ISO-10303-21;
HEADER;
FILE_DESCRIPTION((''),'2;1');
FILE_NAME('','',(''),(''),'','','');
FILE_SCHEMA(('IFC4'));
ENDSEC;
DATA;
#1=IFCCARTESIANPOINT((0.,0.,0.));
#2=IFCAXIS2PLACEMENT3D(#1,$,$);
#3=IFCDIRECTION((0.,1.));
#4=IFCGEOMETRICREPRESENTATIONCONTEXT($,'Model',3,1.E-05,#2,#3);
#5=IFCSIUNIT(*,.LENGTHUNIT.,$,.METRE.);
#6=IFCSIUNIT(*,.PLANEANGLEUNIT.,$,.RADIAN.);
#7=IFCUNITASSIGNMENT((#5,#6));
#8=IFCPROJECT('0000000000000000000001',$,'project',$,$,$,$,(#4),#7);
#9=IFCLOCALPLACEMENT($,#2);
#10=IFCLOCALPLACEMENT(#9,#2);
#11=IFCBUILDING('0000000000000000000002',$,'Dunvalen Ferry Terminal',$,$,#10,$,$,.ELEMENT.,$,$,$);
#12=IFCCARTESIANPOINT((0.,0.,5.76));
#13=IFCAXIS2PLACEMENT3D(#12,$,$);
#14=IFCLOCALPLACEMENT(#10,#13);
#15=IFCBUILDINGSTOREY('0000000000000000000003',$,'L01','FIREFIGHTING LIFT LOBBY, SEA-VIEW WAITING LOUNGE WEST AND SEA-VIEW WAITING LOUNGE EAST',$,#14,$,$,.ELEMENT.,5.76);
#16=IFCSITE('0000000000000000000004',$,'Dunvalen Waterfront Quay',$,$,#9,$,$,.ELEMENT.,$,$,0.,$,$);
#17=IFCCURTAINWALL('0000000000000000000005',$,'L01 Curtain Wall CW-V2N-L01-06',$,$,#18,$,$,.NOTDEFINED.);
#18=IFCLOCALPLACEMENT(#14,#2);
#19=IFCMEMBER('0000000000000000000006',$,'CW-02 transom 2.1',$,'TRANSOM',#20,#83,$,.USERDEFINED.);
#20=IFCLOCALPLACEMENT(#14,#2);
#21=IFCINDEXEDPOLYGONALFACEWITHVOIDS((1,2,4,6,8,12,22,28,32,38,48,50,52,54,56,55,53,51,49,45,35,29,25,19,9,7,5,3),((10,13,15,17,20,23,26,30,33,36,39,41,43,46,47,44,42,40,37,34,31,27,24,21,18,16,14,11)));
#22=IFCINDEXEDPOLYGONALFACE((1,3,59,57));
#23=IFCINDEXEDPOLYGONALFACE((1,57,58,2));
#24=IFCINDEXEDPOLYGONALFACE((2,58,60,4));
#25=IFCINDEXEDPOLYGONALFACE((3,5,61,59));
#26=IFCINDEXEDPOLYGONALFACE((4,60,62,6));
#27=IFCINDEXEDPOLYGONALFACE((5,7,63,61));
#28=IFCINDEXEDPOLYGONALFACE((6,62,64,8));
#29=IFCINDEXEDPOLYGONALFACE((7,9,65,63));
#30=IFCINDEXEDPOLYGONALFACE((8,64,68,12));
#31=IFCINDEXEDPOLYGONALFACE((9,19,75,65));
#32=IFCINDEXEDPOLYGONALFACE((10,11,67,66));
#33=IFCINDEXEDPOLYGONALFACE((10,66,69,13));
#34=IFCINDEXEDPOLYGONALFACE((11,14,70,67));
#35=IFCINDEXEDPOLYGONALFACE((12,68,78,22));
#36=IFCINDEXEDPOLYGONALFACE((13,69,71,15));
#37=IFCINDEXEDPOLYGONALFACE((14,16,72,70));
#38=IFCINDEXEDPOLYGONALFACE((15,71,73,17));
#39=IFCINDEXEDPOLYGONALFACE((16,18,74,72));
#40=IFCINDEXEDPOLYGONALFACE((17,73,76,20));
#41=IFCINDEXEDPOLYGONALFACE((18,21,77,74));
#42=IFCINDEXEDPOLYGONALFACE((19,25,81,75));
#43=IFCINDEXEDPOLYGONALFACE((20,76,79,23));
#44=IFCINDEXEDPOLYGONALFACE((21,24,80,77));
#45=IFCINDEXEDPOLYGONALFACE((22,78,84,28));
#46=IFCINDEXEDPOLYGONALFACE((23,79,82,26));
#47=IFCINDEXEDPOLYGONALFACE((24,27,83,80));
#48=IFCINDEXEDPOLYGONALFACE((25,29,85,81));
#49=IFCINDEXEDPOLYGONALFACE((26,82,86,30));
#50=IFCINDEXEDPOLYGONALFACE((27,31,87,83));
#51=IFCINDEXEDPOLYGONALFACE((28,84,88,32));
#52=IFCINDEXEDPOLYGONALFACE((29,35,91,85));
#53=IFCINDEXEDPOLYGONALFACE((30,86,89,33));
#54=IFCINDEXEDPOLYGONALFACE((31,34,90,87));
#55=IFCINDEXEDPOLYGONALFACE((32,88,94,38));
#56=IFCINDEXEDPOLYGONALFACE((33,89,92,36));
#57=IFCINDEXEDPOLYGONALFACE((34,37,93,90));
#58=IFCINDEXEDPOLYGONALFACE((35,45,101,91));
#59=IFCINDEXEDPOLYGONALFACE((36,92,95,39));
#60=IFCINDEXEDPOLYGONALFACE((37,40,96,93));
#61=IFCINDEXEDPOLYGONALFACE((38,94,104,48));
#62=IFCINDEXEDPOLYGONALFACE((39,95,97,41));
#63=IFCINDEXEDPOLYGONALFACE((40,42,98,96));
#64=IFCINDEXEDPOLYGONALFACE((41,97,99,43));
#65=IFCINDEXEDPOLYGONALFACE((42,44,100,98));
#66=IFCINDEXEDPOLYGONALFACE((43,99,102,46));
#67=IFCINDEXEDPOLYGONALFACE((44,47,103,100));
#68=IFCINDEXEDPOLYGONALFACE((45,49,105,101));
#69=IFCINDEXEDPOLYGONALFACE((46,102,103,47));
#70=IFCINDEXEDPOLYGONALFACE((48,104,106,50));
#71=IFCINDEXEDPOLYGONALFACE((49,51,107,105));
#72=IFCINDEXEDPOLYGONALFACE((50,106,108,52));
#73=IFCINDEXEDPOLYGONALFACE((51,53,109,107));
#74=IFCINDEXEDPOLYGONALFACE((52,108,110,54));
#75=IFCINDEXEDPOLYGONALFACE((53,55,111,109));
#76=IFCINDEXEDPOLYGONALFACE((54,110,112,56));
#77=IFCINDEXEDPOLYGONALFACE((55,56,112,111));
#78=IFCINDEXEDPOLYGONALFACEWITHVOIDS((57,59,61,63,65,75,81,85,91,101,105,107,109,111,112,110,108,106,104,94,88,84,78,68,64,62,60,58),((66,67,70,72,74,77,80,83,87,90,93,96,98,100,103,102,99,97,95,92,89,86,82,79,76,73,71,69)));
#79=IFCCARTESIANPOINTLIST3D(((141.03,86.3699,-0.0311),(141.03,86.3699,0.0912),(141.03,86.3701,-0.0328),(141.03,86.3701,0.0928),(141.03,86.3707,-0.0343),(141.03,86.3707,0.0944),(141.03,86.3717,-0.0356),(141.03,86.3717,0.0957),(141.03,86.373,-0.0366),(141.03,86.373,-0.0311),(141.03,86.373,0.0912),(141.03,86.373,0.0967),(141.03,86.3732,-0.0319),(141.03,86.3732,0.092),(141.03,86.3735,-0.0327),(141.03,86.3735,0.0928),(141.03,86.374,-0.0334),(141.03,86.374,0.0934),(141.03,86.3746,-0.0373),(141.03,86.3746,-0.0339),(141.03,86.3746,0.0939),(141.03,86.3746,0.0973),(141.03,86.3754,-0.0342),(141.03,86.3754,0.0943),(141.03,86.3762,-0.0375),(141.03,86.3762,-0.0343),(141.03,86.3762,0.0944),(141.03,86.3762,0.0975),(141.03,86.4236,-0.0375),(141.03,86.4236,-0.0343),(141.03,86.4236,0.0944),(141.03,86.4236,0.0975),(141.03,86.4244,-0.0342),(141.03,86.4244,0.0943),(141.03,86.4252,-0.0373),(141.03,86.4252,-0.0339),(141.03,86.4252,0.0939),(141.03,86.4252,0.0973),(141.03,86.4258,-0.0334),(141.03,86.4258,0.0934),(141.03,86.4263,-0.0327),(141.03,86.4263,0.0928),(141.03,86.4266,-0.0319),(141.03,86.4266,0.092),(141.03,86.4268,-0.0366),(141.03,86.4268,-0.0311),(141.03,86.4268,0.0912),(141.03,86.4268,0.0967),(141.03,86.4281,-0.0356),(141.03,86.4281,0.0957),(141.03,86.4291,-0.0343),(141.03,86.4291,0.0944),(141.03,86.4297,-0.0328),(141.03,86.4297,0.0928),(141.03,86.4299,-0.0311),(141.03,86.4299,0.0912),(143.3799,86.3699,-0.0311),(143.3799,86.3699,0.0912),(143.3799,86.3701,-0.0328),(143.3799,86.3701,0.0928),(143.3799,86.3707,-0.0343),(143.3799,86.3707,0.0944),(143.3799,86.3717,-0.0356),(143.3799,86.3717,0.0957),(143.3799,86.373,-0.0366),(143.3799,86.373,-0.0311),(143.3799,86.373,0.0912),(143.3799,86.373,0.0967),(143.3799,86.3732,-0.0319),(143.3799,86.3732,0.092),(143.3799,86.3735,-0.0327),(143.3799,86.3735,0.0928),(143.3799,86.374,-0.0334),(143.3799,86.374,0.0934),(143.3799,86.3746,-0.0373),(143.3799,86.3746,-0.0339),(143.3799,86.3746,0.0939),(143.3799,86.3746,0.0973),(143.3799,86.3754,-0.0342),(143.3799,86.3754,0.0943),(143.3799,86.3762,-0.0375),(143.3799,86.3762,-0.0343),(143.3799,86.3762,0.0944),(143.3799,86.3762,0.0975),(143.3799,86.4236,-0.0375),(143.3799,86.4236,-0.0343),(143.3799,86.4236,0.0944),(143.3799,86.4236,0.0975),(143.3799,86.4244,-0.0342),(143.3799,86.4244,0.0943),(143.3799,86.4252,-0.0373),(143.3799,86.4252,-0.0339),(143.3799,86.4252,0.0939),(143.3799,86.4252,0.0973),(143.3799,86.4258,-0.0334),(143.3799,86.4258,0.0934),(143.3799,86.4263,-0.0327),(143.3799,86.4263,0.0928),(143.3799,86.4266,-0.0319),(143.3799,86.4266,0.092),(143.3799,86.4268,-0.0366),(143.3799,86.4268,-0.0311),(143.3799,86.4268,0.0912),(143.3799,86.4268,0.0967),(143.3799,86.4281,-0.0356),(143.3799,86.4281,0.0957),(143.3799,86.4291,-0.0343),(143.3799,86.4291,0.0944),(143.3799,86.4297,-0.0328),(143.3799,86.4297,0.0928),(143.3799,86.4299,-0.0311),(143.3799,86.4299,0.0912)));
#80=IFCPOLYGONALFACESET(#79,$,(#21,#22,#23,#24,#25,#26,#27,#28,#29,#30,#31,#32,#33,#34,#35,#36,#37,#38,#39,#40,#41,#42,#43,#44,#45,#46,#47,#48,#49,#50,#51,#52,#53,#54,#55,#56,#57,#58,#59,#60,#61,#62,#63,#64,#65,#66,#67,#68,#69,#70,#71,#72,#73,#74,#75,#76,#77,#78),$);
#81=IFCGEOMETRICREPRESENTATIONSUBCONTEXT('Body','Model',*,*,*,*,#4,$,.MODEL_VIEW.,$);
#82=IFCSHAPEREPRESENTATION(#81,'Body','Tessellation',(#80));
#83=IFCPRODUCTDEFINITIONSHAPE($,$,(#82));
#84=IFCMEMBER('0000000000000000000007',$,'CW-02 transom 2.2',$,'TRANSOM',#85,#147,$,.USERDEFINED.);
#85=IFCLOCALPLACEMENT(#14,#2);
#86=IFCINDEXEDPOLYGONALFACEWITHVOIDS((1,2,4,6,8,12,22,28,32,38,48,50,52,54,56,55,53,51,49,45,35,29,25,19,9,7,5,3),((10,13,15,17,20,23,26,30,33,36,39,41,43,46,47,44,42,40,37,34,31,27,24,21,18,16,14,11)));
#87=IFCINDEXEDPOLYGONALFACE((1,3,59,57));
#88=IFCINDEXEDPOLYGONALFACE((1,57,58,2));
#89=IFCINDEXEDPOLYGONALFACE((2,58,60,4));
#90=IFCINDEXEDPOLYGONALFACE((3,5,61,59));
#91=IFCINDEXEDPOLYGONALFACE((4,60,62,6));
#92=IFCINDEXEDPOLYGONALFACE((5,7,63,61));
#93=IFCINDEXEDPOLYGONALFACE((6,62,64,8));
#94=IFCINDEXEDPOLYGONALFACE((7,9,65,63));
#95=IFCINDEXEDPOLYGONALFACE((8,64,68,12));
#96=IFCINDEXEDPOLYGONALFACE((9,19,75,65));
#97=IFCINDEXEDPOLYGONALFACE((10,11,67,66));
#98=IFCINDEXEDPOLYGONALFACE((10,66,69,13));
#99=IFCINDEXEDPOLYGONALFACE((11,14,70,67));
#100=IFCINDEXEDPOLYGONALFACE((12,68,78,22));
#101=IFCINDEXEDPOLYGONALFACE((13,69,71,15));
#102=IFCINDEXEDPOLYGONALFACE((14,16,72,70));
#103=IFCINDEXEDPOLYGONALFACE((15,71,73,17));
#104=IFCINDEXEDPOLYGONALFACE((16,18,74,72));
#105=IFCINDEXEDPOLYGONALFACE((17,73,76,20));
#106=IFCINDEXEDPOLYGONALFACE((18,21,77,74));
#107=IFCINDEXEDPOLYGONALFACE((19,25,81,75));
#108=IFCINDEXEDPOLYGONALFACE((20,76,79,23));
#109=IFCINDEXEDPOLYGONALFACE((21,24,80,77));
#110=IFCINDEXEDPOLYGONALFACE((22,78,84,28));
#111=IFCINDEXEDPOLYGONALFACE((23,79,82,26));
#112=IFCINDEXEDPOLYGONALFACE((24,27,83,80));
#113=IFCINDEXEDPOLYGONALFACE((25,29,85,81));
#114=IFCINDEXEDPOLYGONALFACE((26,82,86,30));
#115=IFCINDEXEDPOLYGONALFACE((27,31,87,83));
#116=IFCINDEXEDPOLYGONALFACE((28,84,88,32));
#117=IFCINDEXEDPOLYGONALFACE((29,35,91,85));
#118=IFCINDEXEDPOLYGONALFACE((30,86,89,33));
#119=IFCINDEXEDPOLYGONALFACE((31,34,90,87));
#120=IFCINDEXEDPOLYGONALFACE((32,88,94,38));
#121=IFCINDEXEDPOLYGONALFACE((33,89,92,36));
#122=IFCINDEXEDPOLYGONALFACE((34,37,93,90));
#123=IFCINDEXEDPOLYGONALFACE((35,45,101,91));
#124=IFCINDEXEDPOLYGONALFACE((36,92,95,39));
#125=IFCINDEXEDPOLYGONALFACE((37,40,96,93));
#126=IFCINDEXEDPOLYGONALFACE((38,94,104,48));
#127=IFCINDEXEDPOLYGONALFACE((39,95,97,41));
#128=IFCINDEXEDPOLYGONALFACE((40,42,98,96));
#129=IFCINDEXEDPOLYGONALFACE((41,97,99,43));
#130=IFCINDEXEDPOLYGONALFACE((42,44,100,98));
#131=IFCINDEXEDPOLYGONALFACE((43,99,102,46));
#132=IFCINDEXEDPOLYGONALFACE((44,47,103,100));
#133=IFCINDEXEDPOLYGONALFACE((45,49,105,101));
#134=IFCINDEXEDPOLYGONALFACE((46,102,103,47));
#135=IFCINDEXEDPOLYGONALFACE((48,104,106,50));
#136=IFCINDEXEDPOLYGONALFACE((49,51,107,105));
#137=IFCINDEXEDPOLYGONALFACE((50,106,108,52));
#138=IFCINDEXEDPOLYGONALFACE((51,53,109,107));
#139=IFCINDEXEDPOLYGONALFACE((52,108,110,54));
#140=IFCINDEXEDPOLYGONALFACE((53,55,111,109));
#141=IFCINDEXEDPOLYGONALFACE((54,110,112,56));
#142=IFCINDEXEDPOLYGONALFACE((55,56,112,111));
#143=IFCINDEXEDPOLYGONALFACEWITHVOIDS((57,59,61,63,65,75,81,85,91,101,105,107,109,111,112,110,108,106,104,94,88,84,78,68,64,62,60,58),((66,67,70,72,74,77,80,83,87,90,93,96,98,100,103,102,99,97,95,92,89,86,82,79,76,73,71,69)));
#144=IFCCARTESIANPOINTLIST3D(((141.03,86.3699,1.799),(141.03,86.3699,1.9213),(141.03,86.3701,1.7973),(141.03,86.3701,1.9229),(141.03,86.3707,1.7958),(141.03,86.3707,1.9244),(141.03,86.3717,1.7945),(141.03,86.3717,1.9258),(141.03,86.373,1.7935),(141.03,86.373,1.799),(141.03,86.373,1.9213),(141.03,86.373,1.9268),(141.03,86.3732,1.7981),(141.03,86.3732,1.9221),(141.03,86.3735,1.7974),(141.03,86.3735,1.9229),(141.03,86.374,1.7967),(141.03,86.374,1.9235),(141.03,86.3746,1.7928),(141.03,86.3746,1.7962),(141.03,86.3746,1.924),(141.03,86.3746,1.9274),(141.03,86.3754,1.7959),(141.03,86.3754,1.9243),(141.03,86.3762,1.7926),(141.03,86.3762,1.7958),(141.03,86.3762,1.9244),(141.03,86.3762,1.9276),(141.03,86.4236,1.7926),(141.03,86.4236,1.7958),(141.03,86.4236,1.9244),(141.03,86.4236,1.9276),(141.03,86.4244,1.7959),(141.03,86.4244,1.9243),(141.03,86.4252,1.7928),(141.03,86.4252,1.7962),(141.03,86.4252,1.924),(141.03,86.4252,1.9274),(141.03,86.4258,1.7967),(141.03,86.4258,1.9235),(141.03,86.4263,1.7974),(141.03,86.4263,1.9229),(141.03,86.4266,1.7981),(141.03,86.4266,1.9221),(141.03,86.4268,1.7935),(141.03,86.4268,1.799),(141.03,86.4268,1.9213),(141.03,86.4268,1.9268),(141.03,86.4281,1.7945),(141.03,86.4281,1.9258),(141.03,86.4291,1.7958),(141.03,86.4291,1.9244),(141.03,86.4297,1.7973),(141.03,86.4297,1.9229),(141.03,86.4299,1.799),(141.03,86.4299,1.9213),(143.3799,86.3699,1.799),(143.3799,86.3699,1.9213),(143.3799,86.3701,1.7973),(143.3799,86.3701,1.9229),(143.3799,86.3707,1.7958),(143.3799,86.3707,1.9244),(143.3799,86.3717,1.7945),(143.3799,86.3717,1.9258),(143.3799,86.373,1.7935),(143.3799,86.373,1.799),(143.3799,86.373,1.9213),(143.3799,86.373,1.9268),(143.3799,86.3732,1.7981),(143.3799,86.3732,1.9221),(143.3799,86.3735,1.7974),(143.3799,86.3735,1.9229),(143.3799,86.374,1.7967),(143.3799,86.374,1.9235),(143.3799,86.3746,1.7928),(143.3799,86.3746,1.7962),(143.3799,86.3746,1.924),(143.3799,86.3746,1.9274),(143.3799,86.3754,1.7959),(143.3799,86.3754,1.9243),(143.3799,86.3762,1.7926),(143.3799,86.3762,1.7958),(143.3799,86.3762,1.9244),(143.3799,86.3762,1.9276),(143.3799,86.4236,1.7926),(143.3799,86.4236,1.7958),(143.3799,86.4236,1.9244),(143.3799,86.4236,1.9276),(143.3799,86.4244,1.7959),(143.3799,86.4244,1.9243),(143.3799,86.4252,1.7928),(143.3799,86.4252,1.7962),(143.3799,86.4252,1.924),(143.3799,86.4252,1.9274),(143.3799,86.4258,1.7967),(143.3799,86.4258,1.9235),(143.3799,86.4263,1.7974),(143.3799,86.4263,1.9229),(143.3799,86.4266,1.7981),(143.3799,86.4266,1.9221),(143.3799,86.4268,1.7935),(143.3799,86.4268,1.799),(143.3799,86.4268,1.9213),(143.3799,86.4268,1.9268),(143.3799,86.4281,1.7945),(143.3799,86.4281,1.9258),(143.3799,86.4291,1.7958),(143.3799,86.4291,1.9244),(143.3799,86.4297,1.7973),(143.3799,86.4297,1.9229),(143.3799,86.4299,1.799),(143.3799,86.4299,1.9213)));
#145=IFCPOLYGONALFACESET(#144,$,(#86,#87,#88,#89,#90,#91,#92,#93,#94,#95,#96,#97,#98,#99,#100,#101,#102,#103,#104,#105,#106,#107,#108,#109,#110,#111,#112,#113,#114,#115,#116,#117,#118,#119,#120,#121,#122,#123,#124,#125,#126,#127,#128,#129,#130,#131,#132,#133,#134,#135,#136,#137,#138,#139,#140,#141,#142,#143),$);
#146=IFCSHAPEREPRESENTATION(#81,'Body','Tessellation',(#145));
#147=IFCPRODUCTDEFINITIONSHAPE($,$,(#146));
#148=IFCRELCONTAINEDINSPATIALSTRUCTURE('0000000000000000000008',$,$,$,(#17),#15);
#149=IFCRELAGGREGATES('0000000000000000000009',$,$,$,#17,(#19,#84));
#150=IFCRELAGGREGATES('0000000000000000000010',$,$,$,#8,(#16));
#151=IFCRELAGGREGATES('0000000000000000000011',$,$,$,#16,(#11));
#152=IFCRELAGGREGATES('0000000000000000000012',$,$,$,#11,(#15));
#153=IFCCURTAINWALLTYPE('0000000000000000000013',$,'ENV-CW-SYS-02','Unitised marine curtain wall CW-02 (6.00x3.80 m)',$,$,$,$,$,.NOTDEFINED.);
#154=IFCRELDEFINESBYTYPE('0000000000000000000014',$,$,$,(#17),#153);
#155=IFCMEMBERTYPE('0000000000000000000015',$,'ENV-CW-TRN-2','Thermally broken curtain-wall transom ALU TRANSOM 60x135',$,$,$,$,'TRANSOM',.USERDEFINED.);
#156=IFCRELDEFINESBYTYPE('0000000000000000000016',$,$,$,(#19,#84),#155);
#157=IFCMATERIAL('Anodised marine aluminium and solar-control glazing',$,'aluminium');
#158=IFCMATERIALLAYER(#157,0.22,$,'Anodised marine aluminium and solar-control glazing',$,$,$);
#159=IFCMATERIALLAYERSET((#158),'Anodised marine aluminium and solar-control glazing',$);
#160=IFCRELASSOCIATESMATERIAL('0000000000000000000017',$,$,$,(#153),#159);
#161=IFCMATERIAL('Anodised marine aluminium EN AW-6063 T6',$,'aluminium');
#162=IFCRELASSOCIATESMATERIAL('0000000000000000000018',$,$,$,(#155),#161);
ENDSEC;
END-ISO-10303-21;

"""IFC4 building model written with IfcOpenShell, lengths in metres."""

from ifc_helpers import new_model, si_unit, direction, frame, origin, origin_2d, place, context, subcontext, project, spatial, hollow_rectangle, extrude, material, layer, layer_set, material_profile, profile_set, type_object, element, aggregate, save


model = new_model("IFC4")

# Units and contexts
model_context = context("Model", 3, precision=1e-05, world=origin(), true_north=direction((0.0, 1.0)))
body_context = subcontext(model_context, "Body", "Model", "MODEL_VIEW")
ifc_project = project(units=[si_unit("LENGTHUNIT", "METRE"), si_unit("PLANEANGLEUNIT", "RADIAN")], contexts=[model_context])

# Site, building, storey
site_placement = place(None, origin())
site = spatial("IfcSite", under=ifc_project, at=site_placement, Name="Dunvalen Waterfront Quay", CompositionType="ELEMENT", RefElevation=0.0)
building_placement = place(site_placement, origin())
building = spatial("IfcBuilding", under=site, at=building_placement, Name="Dunvalen Ferry Terminal", CompositionType="ELEMENT")
storey_placement = place(building_placement, frame((0.0, 0.0, 5.76)))
storey = spatial("IfcBuildingStorey", under=building, at=storey_placement, Name="L01", Description="FIREFIGHTING LIFT LOBBY, SEA-VIEW WAITING LOUNGE WEST AND SEA-VIEW WAITING LOUNGE EAST", CompositionType="ELEMENT", Elevation=5.76)

# Curtain wall, members
ifc_material_1 = material(Name="Anodised marine aluminium and solar-control glazing", Category="aluminium")
ifc_layer_1 = layer(ifc_material_1, 0.22, Name="Anodised marine aluminium and solar-control glazing")
ifc_layer_set_1 = layer_set([ifc_layer_1], Name="Anodised marine aluminium and solar-control glazing")
curtain_wall_type = type_object("IfcCurtainWallType", Name="ENV-CW-SYS-02", Description="Unitised marine curtain wall CW-02 (6.00x3.80 m)", PredefinedType="NOTDEFINED", material=ifc_layer_set_1)
curtain_wall_placement = place(storey_placement, origin())
curtain_wall = element("IfcCurtainWall", 1, at=curtain_wall_placement, inside=storey, type_object=curtain_wall_type, Name="L01 Curtain Wall CW-V2N-L01-06", PredefinedType="NOTDEFINED")
ifc_material_2 = material(Name="Anodised marine aluminium EN AW-6063 T6", Category="aluminium")
ifc_material_profile_1 = material_profile(ifc_material_2, hollow_rectangle(XDim=0.0601, YDim=0.135, WallThickness=0.0032, InnerFilletRadius=0.0032, OuterFilletRadius=0.0063, at=origin_2d()), Name="Anodised marine aluminium EN AW-6063 T6")
ifc_profile_set_1 = profile_set([ifc_material_profile_1], Name="Anodised marine aluminium EN AW-6063 T6")
member_type_1 = type_object("IfcMemberType", Name="ENV-CW-TRN-2", Description="Thermally broken curtain-wall transom ALU TRANSOM 60x135", ElementType="TRANSOM", PredefinedType="USERDEFINED", material=ifc_profile_set_1)
member_1_placement = place(storey_placement, frame((141.03, 86.3999, 0.03), z_axis=(1.0, 0.0, 0.0), x_axis=(0.0, 1.0, 0.0)))
member_1 = element("IfcMember", 2, at=member_1_placement, type_object=member_type_1, Name="CW-02 transom 2.1", ObjectType="TRANSOM", PredefinedType="USERDEFINED", context=body_context, shape_type="SweptSolid", body=[
    extrude(hollow_rectangle(XDim=0.0601, YDim=0.135, WallThickness=0.0032, InnerFilletRadius=0.0032, OuterFilletRadius=0.0063, at=origin_2d()), origin(), (0.0, 0.0, 1.0), 2.3499),
])
member_2_placement = place(storey_placement, frame((141.03, 86.3999, 1.8601), z_axis=(1.0, 0.0, 0.0), x_axis=(0.0, 1.0, 0.0)))
member_2 = element("IfcMember", 3, at=member_2_placement, type_object=member_type_1, Name="CW-02 transom 2.2", ObjectType="TRANSOM", PredefinedType="USERDEFINED", context=body_context, shape_type="SweptSolid", body=[
    extrude(hollow_rectangle(XDim=0.0601, YDim=0.135, WallThickness=0.0032, InnerFilletRadius=0.0032, OuterFilletRadius=0.0063, at=origin_2d()), origin(), (0.0, 0.0, 1.0), 2.3499),
])

aggregate(curtain_wall, [member_1, member_2])

save(model, "model.ifc")
